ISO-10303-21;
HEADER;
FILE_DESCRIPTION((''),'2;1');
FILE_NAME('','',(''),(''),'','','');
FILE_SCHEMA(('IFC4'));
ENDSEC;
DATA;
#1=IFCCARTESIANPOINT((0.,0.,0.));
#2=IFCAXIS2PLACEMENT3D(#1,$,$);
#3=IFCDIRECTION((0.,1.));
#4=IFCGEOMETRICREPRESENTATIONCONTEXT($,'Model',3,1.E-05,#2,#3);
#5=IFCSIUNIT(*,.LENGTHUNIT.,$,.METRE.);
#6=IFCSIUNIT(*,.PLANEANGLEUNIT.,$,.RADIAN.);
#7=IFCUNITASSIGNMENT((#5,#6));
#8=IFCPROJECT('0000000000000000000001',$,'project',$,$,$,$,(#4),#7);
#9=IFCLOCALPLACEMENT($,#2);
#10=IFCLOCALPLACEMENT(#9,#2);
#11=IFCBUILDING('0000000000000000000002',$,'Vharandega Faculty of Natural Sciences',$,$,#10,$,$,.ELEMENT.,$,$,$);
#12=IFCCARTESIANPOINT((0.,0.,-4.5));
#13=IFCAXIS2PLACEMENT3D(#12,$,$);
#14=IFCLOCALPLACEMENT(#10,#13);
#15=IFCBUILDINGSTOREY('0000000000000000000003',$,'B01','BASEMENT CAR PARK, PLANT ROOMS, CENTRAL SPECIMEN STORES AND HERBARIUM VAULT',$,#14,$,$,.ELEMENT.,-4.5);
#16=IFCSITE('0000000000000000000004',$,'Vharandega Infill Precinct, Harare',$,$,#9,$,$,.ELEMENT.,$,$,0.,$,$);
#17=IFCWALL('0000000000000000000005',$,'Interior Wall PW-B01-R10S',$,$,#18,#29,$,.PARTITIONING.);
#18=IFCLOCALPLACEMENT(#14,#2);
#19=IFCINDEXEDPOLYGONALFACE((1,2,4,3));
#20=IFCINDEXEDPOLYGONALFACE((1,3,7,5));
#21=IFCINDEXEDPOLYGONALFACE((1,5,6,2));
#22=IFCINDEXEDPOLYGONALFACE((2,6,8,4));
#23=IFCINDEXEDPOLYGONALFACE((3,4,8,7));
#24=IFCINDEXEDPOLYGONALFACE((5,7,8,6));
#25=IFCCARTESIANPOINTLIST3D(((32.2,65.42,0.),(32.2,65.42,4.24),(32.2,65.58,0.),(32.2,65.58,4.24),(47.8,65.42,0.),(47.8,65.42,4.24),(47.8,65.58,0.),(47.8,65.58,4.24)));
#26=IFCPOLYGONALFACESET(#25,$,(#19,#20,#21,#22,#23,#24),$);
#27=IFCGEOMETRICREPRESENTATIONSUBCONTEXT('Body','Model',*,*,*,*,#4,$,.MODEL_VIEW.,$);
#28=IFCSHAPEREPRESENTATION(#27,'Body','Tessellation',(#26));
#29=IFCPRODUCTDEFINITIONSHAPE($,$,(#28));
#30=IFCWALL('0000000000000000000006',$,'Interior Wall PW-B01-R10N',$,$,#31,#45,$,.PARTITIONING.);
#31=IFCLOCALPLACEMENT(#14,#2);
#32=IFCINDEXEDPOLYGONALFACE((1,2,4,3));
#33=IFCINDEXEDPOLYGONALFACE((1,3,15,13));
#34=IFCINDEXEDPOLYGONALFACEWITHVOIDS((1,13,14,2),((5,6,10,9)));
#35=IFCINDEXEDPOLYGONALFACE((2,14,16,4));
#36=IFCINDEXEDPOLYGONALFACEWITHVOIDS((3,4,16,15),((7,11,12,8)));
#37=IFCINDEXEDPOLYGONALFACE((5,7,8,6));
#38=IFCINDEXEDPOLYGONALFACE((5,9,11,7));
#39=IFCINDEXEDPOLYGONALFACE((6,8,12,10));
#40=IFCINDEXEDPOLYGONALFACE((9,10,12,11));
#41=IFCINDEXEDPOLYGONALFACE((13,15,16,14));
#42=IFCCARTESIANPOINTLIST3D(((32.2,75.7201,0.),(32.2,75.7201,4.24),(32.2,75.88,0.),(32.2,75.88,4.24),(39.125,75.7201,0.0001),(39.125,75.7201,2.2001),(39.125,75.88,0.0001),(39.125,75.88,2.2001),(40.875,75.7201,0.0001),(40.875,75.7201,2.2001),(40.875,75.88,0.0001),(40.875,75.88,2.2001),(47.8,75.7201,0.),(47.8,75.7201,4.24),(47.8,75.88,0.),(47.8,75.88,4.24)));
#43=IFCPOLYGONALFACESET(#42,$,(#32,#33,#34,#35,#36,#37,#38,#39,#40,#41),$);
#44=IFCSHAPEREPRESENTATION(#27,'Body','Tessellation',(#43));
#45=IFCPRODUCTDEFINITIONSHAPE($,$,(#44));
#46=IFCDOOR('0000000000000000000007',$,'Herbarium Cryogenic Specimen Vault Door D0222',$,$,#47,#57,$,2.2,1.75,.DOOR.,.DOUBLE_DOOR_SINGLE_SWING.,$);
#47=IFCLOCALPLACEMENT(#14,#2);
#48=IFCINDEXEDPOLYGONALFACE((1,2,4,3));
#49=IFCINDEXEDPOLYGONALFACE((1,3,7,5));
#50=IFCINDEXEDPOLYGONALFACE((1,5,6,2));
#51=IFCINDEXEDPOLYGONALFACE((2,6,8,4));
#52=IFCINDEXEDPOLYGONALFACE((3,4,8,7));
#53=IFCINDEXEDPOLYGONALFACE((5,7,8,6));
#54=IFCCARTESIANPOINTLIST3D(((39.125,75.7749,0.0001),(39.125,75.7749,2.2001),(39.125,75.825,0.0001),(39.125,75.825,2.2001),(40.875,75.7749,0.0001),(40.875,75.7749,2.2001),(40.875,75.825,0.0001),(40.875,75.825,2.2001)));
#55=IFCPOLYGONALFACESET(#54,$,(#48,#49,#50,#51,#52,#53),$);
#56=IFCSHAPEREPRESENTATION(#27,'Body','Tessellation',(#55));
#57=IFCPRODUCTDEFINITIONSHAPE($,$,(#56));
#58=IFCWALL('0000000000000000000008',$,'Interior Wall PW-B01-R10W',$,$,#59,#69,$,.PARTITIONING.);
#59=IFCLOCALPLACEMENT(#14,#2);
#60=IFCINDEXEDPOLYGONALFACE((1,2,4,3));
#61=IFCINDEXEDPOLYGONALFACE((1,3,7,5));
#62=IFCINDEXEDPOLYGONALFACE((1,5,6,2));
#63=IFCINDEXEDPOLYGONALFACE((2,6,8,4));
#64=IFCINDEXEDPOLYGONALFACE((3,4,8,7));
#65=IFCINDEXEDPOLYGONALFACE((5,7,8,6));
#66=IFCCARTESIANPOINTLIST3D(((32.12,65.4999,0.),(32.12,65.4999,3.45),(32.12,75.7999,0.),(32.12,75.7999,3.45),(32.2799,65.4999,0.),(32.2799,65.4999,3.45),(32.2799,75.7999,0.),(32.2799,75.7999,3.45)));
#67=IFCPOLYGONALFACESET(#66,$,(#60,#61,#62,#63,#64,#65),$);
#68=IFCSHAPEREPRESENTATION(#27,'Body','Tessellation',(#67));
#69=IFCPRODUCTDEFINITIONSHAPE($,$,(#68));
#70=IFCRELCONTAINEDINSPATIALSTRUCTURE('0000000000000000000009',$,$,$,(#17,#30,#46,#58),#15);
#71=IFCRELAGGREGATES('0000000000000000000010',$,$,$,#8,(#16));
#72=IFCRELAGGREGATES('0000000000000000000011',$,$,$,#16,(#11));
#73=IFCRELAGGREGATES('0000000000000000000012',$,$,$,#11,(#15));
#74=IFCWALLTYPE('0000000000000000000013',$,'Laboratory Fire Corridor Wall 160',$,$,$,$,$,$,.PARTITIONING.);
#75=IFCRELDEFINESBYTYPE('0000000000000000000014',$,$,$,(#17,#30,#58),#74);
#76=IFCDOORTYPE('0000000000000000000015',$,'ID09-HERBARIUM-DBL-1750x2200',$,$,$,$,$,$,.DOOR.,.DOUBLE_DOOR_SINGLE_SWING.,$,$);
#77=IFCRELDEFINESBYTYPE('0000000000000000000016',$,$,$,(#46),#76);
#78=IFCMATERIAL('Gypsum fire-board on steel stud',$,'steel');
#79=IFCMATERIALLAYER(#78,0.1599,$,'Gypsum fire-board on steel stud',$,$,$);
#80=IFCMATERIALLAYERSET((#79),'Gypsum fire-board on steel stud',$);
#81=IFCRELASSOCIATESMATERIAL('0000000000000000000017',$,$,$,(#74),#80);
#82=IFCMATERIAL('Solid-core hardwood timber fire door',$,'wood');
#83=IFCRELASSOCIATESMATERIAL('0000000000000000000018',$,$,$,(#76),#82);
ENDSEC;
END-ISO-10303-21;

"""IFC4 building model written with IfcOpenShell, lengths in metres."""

from ifc_helpers import new_model, si_unit, direction, frame, frame_2d, origin, place, context, subcontext, project, spatial, rectangle, extrude, material, layer, layer_set, type_object, element, fill, save


model = new_model("IFC4")

# Units and contexts
model_context = context("Model", 3, precision=1e-05, world=origin(), true_north=direction((0.0, 1.0)))
body_context = subcontext(model_context, "Body", "Model", "MODEL_VIEW")
ifc_project = project(units=[si_unit("LENGTHUNIT", "METRE"), si_unit("PLANEANGLEUNIT", "RADIAN")], contexts=[model_context])

# Site, building, storey
site_placement = place(None, origin())
site = spatial("IfcSite", under=ifc_project, at=site_placement, Name="Vharandega Infill Precinct, Harare", CompositionType="ELEMENT", RefElevation=0.0)
building_placement = place(site_placement, origin())
building = spatial("IfcBuilding", under=site, at=building_placement, Name="Vharandega Faculty of Natural Sciences", CompositionType="ELEMENT")
storey_placement = place(building_placement, frame((0.0, 0.0, -4.5)))
storey = spatial("IfcBuildingStorey", under=building, at=storey_placement, Name="B01", Description="BASEMENT CAR PARK, PLANT ROOMS, CENTRAL SPECIMEN STORES AND HERBARIUM VAULT", CompositionType="ELEMENT", Elevation=-4.5)

# Wall
ifc_material_1 = material(Name="Gypsum fire-board on steel stud", Category="steel")
ifc_layer_1 = layer(ifc_material_1, 0.1599, Name="Gypsum fire-board on steel stud")
ifc_layer_set_1 = layer_set([ifc_layer_1], Name="Gypsum fire-board on steel stud")
wall_type_1 = type_object("IfcWallType", Name="Laboratory Fire Corridor Wall 160", PredefinedType="PARTITIONING", material=ifc_layer_set_1)
wall_1_placement = place(storey_placement, frame((32.2, 65.5, 0.0), z_axis=(0.0, 0.0, 1.0), x_axis=(1.0, 0.0, 0.0)))
element("IfcWall", 1, at=wall_1_placement, inside=storey, type_object=wall_type_1, Name="Interior Wall PW-B01-R10S", PredefinedType="PARTITIONING", context=body_context, shape_type="SweptSolid", body=[
    extrude(rectangle(XDim=15.6001, YDim=0.1599, at=frame_2d((7.8, 0.0))), origin(), (0.0, 0.0, 1.0), 4.24),
])

# Wall, opening, door
wall_2_placement = place(storey_placement, frame((32.2, 75.8, 0.0), z_axis=(0.0, 0.0, 1.0), x_axis=(1.0, 0.0, 0.0)))
wall_2 = element("IfcWall", 2, at=wall_2_placement, inside=storey, type_object=wall_type_1, Name="Interior Wall PW-B01-R10N", PredefinedType="PARTITIONING", context=body_context, shape_type="SweptSolid", body=[
    extrude(rectangle(XDim=15.6001, YDim=0.1599, at=frame_2d((7.8, 0.0))), origin(), (0.0, 0.0, 1.0), 4.24),
])
opening_placement = place(wall_2_placement, frame((6.925, 0.0, 0.0)))
opening = element("IfcOpeningElement", 3, at=opening_placement, cuts=wall_2, PredefinedType="OPENING", context=body_context, shape_type="SweptSolid", body=[
    extrude(rectangle(XDim=1.75, YDim=2.2, at=frame_2d((0.875, 1.1001))), frame((0.0, 0.0898, 0.0), z_axis=(0.0, -1.0, 0.0), x_axis=(1.0, 0.0, 0.0)), (0.0, 0.0, 1.0), 0.1799),
])
ifc_material_2 = material(Name="Solid-core hardwood timber fire door", Category="wood")
door_type = type_object("IfcDoorType", Name="ID09-HERBARIUM-DBL-1750x2200", OperationType="DOUBLE_DOOR_SINGLE_SWING", PredefinedType="DOOR", material=ifc_material_2)
door_placement = place(opening_placement, origin())
door = element("IfcDoor", 4, at=door_placement, inside=storey, type_object=door_type, Name="Herbarium Cryogenic Specimen Vault Door D0222", OperationType="DOUBLE_DOOR_SINGLE_SWING", OverallHeight=2.2, OverallWidth=1.75, PredefinedType="DOOR", context=body_context, shape_type="SweptSolid", body=[
    extrude(rectangle(XDim=1.75, YDim=2.2, at=frame_2d((0.875, 1.1001))), frame((0.0, 0.0249, 0.0), z_axis=(0.0, -1.0, 0.0), x_axis=(1.0, 0.0, 0.0)), (0.0, 0.0, 1.0), 0.05),
])
fill(opening, door)

# Wall
wall_3_placement = place(storey_placement, frame((32.2, 65.5, 0.0), z_axis=(0.0, 0.0, 1.0), x_axis=(0.0, 1.0, 0.0)))
element("IfcWall", 5, at=wall_3_placement, inside=storey, type_object=wall_type_1, Name="Interior Wall PW-B01-R10W", PredefinedType="PARTITIONING", context=body_context, shape_type="SweptSolid", body=[
    extrude(rectangle(XDim=10.3, YDim=0.1599, at=frame_2d((5.1499, 0.0))), origin(), (0.0, 0.0, 1.0), 3.45),
])

save(model, "model.ifc")
